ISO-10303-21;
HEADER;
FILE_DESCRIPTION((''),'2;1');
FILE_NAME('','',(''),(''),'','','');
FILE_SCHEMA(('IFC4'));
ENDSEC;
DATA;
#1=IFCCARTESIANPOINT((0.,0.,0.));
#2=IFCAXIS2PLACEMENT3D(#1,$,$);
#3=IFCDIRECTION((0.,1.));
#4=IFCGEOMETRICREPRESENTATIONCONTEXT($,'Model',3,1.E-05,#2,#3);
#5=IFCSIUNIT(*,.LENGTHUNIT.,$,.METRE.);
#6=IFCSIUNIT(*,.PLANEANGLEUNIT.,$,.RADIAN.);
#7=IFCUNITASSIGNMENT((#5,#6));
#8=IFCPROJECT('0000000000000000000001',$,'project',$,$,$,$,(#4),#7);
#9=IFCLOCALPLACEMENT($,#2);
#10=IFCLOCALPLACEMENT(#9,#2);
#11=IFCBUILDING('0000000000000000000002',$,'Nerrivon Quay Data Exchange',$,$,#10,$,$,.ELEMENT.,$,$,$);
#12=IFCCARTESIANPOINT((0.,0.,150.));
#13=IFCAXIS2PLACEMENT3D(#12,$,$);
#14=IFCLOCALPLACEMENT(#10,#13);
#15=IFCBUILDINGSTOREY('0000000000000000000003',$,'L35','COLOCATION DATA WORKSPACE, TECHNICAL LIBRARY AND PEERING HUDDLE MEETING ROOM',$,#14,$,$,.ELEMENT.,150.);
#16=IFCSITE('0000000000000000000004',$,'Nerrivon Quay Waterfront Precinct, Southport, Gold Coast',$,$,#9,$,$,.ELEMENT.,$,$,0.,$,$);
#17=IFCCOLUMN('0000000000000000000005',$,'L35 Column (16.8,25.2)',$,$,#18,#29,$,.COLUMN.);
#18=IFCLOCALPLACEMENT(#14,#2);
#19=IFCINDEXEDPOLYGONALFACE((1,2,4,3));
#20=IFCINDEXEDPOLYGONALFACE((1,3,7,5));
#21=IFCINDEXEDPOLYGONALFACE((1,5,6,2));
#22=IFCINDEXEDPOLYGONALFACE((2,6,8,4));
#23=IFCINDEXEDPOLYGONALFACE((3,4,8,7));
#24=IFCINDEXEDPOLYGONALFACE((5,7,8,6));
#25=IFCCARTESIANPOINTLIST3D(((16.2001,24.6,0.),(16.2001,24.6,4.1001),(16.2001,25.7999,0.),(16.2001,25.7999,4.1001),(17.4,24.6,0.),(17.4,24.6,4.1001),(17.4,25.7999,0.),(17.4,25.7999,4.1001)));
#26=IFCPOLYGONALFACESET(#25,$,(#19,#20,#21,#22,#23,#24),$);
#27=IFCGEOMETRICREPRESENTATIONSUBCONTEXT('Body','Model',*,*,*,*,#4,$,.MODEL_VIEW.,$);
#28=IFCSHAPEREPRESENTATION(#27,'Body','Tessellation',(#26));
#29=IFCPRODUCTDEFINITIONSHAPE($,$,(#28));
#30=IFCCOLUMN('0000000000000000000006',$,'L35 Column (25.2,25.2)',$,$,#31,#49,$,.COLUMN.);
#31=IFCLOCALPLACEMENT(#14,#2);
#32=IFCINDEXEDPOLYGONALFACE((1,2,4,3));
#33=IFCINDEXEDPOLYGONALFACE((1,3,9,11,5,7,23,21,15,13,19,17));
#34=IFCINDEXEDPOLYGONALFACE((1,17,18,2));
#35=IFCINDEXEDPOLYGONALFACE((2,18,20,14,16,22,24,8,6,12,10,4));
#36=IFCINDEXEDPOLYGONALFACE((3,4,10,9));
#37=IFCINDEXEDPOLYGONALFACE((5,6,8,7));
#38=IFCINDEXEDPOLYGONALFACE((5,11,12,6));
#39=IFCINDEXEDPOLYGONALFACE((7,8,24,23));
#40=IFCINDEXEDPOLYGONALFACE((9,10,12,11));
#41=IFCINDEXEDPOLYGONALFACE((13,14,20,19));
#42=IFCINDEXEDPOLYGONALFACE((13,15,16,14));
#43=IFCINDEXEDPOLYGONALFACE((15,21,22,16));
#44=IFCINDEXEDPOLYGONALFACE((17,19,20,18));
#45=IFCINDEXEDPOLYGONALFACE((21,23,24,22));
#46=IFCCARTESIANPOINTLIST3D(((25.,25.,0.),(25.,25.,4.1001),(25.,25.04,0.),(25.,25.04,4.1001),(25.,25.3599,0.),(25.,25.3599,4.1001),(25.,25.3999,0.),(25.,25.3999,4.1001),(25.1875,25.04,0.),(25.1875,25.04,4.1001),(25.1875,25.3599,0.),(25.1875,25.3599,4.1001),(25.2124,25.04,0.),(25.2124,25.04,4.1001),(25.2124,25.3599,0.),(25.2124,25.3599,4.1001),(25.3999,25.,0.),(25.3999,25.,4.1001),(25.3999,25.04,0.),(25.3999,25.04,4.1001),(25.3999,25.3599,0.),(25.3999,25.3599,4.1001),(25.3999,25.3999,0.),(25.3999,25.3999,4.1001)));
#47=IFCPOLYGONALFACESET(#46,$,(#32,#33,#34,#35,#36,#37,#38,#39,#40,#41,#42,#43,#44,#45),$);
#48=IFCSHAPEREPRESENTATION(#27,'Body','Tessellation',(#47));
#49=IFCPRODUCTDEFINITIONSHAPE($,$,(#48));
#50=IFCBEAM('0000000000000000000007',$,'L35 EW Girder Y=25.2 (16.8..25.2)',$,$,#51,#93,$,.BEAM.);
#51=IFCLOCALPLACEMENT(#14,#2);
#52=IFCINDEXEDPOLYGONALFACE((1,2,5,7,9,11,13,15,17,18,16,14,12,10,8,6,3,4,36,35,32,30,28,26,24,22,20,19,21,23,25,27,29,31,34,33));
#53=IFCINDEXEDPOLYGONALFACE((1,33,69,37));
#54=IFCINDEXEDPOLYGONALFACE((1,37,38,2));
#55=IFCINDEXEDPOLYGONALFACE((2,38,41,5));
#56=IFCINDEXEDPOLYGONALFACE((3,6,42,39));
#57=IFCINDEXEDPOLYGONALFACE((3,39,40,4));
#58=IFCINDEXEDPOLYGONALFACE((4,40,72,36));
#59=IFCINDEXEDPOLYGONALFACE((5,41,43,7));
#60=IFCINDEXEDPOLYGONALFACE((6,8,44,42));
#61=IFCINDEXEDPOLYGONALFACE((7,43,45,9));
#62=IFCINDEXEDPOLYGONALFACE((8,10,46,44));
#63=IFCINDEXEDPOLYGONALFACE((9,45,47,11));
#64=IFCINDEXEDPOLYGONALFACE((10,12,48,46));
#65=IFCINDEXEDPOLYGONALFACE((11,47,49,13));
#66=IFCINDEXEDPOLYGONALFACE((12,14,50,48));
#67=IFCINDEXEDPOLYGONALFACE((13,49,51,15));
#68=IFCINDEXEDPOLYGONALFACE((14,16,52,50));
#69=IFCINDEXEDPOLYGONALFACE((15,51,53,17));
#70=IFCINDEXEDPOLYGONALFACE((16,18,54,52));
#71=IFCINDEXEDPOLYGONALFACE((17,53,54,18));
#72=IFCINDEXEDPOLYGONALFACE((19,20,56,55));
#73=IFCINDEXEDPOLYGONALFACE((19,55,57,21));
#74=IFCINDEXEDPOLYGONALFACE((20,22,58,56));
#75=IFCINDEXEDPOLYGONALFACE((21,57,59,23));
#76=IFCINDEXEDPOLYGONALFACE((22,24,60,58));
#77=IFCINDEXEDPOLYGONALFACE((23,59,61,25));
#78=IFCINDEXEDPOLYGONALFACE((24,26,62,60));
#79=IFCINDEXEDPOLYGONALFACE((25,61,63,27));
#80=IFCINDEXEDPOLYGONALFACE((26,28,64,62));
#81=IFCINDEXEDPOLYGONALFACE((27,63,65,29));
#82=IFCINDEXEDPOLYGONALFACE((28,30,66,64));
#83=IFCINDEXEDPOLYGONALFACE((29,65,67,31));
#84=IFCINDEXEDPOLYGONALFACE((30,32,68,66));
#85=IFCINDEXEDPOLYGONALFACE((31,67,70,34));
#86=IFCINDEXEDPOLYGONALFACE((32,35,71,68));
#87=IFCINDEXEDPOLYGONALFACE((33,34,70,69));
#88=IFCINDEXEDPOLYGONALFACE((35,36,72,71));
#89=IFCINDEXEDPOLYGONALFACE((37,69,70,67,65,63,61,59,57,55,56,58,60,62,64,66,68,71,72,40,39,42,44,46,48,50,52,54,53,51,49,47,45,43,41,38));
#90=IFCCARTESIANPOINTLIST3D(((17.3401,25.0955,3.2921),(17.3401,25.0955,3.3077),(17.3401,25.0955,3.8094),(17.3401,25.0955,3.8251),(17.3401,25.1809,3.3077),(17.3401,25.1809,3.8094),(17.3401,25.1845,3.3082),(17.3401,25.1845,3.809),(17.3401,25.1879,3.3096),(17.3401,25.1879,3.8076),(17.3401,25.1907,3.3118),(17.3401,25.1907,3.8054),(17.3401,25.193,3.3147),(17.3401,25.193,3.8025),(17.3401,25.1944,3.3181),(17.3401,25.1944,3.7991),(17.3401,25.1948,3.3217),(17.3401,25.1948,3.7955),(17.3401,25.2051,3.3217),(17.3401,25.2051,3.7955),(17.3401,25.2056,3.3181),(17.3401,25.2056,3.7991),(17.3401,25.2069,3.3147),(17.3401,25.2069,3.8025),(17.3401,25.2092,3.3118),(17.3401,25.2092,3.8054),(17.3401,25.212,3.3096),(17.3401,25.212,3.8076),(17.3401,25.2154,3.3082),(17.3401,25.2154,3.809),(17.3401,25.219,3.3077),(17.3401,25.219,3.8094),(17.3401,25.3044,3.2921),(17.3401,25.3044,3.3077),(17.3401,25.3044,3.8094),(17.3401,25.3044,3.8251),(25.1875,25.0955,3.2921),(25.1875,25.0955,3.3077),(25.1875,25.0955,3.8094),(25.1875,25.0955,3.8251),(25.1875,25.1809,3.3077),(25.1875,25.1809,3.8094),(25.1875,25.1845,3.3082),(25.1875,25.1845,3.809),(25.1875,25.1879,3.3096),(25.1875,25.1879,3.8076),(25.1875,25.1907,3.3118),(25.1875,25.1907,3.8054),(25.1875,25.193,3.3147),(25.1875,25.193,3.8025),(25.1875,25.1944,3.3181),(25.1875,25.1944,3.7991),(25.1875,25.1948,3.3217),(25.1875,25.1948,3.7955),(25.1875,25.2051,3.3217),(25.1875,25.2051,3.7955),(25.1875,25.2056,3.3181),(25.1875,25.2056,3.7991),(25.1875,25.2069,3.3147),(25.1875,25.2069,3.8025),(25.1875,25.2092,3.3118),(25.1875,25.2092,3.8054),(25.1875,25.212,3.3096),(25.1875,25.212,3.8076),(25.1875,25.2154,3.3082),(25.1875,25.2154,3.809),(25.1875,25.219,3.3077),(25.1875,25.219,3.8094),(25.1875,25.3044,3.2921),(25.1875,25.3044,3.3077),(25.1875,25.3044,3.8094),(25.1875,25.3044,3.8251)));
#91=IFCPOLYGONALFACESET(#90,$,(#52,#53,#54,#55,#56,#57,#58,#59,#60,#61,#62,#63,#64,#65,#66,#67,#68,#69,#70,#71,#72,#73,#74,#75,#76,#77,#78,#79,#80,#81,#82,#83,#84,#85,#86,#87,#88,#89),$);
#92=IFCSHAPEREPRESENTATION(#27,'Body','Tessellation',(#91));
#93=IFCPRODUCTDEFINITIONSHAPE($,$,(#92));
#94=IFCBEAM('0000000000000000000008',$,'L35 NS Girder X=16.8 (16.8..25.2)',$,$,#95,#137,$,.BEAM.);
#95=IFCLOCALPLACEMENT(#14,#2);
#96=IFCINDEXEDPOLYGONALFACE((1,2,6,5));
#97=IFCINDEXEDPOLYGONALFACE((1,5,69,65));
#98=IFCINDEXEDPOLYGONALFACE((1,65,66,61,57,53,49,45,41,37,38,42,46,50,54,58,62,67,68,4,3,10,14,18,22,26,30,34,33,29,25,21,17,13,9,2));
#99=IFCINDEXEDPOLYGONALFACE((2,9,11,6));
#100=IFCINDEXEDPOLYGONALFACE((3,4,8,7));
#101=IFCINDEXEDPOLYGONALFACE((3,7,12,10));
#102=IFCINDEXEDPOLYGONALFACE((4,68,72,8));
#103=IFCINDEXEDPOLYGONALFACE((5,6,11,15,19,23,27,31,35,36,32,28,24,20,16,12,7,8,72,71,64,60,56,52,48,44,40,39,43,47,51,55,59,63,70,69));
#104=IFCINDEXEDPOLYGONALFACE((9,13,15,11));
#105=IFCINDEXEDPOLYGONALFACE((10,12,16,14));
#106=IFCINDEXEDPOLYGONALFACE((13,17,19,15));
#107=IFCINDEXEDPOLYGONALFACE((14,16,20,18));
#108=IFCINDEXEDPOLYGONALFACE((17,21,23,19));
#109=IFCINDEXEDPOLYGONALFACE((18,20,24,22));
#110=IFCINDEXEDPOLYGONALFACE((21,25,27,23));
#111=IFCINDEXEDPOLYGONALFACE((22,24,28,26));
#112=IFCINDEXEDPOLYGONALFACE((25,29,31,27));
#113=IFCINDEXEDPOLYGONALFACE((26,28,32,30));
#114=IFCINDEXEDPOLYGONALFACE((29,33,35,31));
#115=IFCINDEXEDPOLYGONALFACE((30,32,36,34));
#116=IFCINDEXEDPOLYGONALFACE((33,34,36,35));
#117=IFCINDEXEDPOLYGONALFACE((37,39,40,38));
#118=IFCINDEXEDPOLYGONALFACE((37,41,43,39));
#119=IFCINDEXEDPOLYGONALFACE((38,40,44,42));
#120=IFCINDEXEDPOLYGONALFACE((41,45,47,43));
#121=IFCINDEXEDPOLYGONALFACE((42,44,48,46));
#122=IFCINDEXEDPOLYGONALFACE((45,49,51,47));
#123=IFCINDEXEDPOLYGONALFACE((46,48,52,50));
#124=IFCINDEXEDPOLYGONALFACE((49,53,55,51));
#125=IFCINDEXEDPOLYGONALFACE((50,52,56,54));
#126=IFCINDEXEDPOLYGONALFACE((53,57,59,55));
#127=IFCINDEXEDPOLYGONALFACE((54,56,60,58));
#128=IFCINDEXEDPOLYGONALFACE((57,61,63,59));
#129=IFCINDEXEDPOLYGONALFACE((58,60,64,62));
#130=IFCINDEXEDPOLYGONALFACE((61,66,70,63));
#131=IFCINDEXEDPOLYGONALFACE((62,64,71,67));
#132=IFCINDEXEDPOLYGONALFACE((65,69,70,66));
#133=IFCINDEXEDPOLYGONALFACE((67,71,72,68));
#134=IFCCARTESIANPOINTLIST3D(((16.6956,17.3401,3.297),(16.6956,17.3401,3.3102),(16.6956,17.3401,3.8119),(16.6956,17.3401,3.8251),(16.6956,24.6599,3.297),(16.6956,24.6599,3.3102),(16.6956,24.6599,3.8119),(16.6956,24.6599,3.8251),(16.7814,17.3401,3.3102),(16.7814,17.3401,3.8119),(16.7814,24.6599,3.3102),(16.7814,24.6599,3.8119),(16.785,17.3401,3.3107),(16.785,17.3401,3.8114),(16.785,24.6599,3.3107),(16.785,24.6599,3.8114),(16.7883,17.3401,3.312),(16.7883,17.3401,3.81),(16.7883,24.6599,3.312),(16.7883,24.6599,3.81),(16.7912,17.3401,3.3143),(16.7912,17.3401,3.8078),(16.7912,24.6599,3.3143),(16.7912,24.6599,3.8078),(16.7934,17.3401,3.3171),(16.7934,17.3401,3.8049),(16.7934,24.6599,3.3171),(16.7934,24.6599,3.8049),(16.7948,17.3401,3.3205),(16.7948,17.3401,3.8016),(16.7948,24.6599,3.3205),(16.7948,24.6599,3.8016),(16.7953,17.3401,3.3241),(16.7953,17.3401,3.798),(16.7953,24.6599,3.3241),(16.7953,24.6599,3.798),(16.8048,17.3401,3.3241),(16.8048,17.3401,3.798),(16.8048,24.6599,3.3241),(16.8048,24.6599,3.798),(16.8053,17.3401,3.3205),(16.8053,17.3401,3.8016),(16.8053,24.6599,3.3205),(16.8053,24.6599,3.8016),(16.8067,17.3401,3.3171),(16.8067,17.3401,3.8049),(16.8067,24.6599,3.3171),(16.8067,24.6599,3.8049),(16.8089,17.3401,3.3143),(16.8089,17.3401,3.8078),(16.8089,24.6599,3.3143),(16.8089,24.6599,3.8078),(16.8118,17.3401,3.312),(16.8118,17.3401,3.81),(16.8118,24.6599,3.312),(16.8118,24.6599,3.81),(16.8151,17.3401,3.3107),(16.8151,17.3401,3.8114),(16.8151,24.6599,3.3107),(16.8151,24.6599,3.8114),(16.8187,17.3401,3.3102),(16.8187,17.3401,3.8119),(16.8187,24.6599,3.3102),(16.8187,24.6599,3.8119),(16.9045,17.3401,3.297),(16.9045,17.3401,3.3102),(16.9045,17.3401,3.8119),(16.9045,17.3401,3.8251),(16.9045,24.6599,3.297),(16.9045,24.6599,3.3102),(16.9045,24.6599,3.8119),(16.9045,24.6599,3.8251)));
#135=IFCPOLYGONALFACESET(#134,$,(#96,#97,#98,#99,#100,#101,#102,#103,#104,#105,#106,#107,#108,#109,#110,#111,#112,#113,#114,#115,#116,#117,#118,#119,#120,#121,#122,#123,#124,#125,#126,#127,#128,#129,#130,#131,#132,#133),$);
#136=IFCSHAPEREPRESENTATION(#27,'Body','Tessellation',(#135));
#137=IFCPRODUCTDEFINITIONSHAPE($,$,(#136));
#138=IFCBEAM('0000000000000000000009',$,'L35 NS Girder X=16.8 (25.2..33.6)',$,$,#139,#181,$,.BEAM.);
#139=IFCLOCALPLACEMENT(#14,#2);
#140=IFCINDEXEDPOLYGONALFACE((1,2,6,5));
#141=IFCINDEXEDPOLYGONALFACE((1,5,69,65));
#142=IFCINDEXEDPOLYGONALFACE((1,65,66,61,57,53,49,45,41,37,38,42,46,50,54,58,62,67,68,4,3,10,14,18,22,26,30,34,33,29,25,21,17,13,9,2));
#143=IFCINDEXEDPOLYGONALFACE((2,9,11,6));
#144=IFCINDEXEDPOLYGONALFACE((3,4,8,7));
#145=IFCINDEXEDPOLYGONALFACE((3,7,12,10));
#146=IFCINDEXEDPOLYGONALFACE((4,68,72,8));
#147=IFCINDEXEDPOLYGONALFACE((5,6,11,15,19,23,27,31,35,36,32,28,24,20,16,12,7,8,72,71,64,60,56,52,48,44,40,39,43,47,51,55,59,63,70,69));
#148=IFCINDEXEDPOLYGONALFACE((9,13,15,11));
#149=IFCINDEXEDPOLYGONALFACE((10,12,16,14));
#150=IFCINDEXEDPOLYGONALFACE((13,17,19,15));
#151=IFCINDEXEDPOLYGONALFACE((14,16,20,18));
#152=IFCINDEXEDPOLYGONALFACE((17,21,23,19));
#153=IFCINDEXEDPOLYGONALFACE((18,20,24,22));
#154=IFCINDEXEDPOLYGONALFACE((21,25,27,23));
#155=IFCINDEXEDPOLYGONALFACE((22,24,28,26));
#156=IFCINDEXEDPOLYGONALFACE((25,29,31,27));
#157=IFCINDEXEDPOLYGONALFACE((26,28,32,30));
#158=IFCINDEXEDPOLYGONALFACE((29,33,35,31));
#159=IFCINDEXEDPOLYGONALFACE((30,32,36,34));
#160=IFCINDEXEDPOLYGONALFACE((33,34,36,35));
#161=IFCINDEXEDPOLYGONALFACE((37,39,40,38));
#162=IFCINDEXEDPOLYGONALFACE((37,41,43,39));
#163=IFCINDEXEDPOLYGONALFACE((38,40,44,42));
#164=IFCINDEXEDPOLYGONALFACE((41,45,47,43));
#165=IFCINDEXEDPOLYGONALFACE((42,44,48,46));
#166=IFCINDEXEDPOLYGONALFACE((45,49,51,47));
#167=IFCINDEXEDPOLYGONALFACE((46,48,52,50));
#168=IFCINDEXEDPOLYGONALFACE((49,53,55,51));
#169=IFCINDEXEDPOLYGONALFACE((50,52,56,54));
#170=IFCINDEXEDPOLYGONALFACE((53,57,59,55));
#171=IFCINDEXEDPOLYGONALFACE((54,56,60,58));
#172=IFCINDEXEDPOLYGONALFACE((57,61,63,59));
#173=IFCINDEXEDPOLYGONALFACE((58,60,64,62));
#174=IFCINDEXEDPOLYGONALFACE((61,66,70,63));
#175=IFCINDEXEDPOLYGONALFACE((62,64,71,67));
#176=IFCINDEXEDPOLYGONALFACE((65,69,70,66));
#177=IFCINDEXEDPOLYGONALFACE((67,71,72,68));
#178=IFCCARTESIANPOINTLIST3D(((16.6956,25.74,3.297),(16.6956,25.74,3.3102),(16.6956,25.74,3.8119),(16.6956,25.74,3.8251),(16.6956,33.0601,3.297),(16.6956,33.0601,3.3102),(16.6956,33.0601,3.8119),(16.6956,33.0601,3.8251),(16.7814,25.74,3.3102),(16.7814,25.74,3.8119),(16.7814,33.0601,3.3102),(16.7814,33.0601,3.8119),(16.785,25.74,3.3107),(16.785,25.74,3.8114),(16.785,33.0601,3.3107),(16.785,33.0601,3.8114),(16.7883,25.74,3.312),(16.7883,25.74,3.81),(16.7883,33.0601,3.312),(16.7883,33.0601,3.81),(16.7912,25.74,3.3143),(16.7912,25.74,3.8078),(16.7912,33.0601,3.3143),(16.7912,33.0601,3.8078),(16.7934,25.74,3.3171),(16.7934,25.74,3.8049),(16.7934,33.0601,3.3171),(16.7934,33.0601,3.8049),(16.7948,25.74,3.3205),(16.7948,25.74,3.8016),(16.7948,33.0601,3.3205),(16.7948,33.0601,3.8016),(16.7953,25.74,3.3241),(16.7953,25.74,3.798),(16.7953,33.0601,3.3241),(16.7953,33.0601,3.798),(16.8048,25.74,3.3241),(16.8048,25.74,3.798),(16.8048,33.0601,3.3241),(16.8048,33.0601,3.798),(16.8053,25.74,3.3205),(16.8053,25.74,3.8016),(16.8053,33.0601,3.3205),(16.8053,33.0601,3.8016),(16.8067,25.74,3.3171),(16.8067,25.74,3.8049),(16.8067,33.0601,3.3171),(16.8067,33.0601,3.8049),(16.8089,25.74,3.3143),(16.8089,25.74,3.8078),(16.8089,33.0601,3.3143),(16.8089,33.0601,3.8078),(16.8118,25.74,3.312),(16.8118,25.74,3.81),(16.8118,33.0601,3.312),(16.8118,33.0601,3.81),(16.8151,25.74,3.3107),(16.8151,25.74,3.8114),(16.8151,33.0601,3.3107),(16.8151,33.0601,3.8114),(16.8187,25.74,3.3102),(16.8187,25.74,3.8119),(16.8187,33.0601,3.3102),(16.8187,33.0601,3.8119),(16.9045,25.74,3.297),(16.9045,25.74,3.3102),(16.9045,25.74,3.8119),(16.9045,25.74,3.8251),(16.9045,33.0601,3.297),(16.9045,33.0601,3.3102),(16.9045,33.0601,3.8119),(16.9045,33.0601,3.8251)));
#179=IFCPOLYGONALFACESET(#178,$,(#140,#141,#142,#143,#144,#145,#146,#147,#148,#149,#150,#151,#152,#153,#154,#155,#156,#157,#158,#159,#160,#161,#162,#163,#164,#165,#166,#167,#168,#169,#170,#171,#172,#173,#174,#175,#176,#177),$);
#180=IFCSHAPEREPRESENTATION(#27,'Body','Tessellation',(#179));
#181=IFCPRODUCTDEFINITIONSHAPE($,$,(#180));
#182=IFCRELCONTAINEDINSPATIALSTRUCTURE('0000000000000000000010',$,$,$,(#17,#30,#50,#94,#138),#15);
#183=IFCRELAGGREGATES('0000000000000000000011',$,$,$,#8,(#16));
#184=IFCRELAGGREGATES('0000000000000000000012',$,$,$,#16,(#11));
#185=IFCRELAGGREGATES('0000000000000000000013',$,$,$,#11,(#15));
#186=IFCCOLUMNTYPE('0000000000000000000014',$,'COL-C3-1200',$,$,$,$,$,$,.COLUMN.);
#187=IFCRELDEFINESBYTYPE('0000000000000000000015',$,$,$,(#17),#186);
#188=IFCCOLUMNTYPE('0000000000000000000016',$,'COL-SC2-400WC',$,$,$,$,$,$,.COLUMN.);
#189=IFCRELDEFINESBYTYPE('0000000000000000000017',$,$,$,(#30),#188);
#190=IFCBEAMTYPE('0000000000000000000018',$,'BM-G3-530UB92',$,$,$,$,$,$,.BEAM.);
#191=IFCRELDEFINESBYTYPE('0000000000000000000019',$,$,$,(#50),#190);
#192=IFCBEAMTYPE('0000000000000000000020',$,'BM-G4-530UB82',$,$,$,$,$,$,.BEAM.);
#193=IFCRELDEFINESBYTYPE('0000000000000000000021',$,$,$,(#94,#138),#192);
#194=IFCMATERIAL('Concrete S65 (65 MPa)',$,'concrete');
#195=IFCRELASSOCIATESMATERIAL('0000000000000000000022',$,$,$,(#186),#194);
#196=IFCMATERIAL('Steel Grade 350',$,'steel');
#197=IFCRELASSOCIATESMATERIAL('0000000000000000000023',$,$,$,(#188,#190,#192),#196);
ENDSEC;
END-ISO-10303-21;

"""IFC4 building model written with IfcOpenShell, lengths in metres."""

from ifc_helpers import new_model, si_unit, direction, frame, origin, origin_2d, place, context, subcontext, project, spatial, rectangle, i_section, extrude, material, material_profile, profile_set, type_object, element, save


model = new_model("IFC4")

# Units and contexts
model_context = context("Model", 3, precision=1e-05, world=origin(), true_north=direction((0.0, 1.0)))
body_context = subcontext(model_context, "Body", "Model", "MODEL_VIEW")
ifc_project = project(units=[si_unit("LENGTHUNIT", "METRE"), si_unit("PLANEANGLEUNIT", "RADIAN")], contexts=[model_context])

# Site, building, storey
site_placement = place(None, origin())
site = spatial("IfcSite", under=ifc_project, at=site_placement, Name="Nerrivon Quay Waterfront Precinct, Southport, Gold Coast", CompositionType="ELEMENT", RefElevation=0.0)
building_placement = place(site_placement, origin())
building = spatial("IfcBuilding", under=site, at=building_placement, Name="Nerrivon Quay Data Exchange", CompositionType="ELEMENT")
storey_placement = place(building_placement, frame((0.0, 0.0, 150.0)))
storey = spatial("IfcBuildingStorey", under=building, at=storey_placement, Name="L35", Description="COLOCATION DATA WORKSPACE, TECHNICAL LIBRARY AND PEERING HUDDLE MEETING ROOM", CompositionType="ELEMENT", Elevation=150.0)

# Columns
ifc_material_1 = material(Name="Concrete S65 (65 MPa)", Category="concrete")
ifc_material_profile_1 = material_profile(ifc_material_1, rectangle(XDim=1.2, YDim=1.2, at=origin_2d()), Name="RC-COL-1200x1200")
ifc_profile_set_1 = profile_set([ifc_material_profile_1], Name="Concrete S65 (65 MPa)")
column_type_1 = type_object("IfcColumnType", Name="COL-C3-1200", PredefinedType="COLUMN", material=ifc_profile_set_1)
column_1_placement = place(storey_placement, frame((16.8, 25.2, 0.0), z_axis=(0.0, 0.0, 1.0), x_axis=(1.0, 0.0, 0.0)))
element("IfcColumn", 1, at=column_1_placement, inside=storey, type_object=column_type_1, Name="L35 Column (16.8,25.2)", PredefinedType="COLUMN", context=body_context, shape_type="SweptSolid", body=[
    extrude(rectangle(XDim=1.2, YDim=1.2, at=origin_2d()), origin(), (0.0, 0.0, 1.0), 4.1001),
])
ifc_material_2 = material(Name="Steel Grade 350", Category="steel")
ifc_material_profile_2 = material_profile(ifc_material_2, i_section(OverallWidth=0.3999, OverallDepth=0.3999, WebThickness=0.0249, FlangeThickness=0.04, at=origin_2d()), Name="400WC328")
ifc_profile_set_2 = profile_set([ifc_material_profile_2], Name="Steel Grade 350")
column_type_2 = type_object("IfcColumnType", Name="COL-SC2-400WC", PredefinedType="COLUMN", material=ifc_profile_set_2)
column_2_placement = place(storey_placement, frame((25.2, 25.2, 0.0), z_axis=(0.0, 0.0, 1.0), x_axis=(1.0, 0.0, 0.0)))
element("IfcColumn", 2, at=column_2_placement, inside=storey, type_object=column_type_2, Name="L35 Column (25.2,25.2)", PredefinedType="COLUMN", context=body_context, shape_type="SweptSolid", body=[
    extrude(i_section(OverallWidth=0.3999, OverallDepth=0.3999, WebThickness=0.0249, FlangeThickness=0.04, at=origin_2d()), origin(), (0.0, 0.0, 1.0), 4.1001),
])

# Beams
ifc_material_profile_3 = material_profile(ifc_material_2, i_section(OverallWidth=0.209, OverallDepth=0.533, WebThickness=0.0103, FlangeThickness=0.0156, FilletRadius=0.0139, at=origin_2d()), Name="530UB92.4")
ifc_profile_set_3 = profile_set([ifc_material_profile_3], Name="Steel Grade 350")
beam_type_1 = type_object("IfcBeamType", Name="BM-G3-530UB92", PredefinedType="BEAM", material=ifc_profile_set_3)
beam_1_placement = place(storey_placement, frame((17.3401, 25.2, 3.5586), z_axis=(1.0, 0.0, 0.0), x_axis=(0.0, 1.0, 0.0)))
element("IfcBeam", 3, at=beam_1_placement, inside=storey, type_object=beam_type_1, Name="L35 EW Girder Y=25.2 (16.8..25.2)", PredefinedType="BEAM", context=body_context, shape_type="SweptSolid", body=[
    extrude(i_section(OverallWidth=0.209, OverallDepth=0.533, WebThickness=0.0103, FlangeThickness=0.0156, FilletRadius=0.0139, at=origin_2d()), origin(), (0.0, 0.0, 1.0), 7.8474),
])
ifc_material_profile_4 = material_profile(ifc_material_2, i_section(OverallWidth=0.209, OverallDepth=0.5281, WebThickness=0.0095, FlangeThickness=0.0132, FilletRadius=0.0139, at=origin_2d()), Name="530UB82.0")
ifc_profile_set_4 = profile_set([ifc_material_profile_4], Name="Steel Grade 350")
beam_type_2 = type_object("IfcBeamType", Name="BM-G4-530UB82", PredefinedType="BEAM", material=ifc_profile_set_4)
beam_2_placement = place(storey_placement, frame((16.8, 17.3401, 3.561), z_axis=(0.0, 1.0, 0.0), x_axis=(-1.0, 0.0, 0.0)))
element("IfcBeam", 4, at=beam_2_placement, inside=storey, type_object=beam_type_2, Name="L35 NS Girder X=16.8 (16.8..25.2)", PredefinedType="BEAM", context=body_context, shape_type="SweptSolid", body=[
    extrude(i_section(OverallWidth=0.209, OverallDepth=0.5281, WebThickness=0.0095, FlangeThickness=0.0132, FilletRadius=0.0139, at=origin_2d()), origin(), (0.0, 0.0, 1.0), 7.3198),
])
beam_3_placement = place(storey_placement, frame((16.8, 25.74, 3.561), z_axis=(0.0, 1.0, 0.0), x_axis=(-1.0, 0.0, 0.0)))
element("IfcBeam", 5, at=beam_3_placement, inside=storey, type_object=beam_type_2, Name="L35 NS Girder X=16.8 (25.2..33.6)", PredefinedType="BEAM", context=body_context, shape_type="SweptSolid", body=[
    extrude(i_section(OverallWidth=0.209, OverallDepth=0.5281, WebThickness=0.0095, FlangeThickness=0.0132, FilletRadius=0.0139, at=origin_2d()), origin(), (0.0, 0.0, 1.0), 7.3201),
])

save(model, "model.ifc")
